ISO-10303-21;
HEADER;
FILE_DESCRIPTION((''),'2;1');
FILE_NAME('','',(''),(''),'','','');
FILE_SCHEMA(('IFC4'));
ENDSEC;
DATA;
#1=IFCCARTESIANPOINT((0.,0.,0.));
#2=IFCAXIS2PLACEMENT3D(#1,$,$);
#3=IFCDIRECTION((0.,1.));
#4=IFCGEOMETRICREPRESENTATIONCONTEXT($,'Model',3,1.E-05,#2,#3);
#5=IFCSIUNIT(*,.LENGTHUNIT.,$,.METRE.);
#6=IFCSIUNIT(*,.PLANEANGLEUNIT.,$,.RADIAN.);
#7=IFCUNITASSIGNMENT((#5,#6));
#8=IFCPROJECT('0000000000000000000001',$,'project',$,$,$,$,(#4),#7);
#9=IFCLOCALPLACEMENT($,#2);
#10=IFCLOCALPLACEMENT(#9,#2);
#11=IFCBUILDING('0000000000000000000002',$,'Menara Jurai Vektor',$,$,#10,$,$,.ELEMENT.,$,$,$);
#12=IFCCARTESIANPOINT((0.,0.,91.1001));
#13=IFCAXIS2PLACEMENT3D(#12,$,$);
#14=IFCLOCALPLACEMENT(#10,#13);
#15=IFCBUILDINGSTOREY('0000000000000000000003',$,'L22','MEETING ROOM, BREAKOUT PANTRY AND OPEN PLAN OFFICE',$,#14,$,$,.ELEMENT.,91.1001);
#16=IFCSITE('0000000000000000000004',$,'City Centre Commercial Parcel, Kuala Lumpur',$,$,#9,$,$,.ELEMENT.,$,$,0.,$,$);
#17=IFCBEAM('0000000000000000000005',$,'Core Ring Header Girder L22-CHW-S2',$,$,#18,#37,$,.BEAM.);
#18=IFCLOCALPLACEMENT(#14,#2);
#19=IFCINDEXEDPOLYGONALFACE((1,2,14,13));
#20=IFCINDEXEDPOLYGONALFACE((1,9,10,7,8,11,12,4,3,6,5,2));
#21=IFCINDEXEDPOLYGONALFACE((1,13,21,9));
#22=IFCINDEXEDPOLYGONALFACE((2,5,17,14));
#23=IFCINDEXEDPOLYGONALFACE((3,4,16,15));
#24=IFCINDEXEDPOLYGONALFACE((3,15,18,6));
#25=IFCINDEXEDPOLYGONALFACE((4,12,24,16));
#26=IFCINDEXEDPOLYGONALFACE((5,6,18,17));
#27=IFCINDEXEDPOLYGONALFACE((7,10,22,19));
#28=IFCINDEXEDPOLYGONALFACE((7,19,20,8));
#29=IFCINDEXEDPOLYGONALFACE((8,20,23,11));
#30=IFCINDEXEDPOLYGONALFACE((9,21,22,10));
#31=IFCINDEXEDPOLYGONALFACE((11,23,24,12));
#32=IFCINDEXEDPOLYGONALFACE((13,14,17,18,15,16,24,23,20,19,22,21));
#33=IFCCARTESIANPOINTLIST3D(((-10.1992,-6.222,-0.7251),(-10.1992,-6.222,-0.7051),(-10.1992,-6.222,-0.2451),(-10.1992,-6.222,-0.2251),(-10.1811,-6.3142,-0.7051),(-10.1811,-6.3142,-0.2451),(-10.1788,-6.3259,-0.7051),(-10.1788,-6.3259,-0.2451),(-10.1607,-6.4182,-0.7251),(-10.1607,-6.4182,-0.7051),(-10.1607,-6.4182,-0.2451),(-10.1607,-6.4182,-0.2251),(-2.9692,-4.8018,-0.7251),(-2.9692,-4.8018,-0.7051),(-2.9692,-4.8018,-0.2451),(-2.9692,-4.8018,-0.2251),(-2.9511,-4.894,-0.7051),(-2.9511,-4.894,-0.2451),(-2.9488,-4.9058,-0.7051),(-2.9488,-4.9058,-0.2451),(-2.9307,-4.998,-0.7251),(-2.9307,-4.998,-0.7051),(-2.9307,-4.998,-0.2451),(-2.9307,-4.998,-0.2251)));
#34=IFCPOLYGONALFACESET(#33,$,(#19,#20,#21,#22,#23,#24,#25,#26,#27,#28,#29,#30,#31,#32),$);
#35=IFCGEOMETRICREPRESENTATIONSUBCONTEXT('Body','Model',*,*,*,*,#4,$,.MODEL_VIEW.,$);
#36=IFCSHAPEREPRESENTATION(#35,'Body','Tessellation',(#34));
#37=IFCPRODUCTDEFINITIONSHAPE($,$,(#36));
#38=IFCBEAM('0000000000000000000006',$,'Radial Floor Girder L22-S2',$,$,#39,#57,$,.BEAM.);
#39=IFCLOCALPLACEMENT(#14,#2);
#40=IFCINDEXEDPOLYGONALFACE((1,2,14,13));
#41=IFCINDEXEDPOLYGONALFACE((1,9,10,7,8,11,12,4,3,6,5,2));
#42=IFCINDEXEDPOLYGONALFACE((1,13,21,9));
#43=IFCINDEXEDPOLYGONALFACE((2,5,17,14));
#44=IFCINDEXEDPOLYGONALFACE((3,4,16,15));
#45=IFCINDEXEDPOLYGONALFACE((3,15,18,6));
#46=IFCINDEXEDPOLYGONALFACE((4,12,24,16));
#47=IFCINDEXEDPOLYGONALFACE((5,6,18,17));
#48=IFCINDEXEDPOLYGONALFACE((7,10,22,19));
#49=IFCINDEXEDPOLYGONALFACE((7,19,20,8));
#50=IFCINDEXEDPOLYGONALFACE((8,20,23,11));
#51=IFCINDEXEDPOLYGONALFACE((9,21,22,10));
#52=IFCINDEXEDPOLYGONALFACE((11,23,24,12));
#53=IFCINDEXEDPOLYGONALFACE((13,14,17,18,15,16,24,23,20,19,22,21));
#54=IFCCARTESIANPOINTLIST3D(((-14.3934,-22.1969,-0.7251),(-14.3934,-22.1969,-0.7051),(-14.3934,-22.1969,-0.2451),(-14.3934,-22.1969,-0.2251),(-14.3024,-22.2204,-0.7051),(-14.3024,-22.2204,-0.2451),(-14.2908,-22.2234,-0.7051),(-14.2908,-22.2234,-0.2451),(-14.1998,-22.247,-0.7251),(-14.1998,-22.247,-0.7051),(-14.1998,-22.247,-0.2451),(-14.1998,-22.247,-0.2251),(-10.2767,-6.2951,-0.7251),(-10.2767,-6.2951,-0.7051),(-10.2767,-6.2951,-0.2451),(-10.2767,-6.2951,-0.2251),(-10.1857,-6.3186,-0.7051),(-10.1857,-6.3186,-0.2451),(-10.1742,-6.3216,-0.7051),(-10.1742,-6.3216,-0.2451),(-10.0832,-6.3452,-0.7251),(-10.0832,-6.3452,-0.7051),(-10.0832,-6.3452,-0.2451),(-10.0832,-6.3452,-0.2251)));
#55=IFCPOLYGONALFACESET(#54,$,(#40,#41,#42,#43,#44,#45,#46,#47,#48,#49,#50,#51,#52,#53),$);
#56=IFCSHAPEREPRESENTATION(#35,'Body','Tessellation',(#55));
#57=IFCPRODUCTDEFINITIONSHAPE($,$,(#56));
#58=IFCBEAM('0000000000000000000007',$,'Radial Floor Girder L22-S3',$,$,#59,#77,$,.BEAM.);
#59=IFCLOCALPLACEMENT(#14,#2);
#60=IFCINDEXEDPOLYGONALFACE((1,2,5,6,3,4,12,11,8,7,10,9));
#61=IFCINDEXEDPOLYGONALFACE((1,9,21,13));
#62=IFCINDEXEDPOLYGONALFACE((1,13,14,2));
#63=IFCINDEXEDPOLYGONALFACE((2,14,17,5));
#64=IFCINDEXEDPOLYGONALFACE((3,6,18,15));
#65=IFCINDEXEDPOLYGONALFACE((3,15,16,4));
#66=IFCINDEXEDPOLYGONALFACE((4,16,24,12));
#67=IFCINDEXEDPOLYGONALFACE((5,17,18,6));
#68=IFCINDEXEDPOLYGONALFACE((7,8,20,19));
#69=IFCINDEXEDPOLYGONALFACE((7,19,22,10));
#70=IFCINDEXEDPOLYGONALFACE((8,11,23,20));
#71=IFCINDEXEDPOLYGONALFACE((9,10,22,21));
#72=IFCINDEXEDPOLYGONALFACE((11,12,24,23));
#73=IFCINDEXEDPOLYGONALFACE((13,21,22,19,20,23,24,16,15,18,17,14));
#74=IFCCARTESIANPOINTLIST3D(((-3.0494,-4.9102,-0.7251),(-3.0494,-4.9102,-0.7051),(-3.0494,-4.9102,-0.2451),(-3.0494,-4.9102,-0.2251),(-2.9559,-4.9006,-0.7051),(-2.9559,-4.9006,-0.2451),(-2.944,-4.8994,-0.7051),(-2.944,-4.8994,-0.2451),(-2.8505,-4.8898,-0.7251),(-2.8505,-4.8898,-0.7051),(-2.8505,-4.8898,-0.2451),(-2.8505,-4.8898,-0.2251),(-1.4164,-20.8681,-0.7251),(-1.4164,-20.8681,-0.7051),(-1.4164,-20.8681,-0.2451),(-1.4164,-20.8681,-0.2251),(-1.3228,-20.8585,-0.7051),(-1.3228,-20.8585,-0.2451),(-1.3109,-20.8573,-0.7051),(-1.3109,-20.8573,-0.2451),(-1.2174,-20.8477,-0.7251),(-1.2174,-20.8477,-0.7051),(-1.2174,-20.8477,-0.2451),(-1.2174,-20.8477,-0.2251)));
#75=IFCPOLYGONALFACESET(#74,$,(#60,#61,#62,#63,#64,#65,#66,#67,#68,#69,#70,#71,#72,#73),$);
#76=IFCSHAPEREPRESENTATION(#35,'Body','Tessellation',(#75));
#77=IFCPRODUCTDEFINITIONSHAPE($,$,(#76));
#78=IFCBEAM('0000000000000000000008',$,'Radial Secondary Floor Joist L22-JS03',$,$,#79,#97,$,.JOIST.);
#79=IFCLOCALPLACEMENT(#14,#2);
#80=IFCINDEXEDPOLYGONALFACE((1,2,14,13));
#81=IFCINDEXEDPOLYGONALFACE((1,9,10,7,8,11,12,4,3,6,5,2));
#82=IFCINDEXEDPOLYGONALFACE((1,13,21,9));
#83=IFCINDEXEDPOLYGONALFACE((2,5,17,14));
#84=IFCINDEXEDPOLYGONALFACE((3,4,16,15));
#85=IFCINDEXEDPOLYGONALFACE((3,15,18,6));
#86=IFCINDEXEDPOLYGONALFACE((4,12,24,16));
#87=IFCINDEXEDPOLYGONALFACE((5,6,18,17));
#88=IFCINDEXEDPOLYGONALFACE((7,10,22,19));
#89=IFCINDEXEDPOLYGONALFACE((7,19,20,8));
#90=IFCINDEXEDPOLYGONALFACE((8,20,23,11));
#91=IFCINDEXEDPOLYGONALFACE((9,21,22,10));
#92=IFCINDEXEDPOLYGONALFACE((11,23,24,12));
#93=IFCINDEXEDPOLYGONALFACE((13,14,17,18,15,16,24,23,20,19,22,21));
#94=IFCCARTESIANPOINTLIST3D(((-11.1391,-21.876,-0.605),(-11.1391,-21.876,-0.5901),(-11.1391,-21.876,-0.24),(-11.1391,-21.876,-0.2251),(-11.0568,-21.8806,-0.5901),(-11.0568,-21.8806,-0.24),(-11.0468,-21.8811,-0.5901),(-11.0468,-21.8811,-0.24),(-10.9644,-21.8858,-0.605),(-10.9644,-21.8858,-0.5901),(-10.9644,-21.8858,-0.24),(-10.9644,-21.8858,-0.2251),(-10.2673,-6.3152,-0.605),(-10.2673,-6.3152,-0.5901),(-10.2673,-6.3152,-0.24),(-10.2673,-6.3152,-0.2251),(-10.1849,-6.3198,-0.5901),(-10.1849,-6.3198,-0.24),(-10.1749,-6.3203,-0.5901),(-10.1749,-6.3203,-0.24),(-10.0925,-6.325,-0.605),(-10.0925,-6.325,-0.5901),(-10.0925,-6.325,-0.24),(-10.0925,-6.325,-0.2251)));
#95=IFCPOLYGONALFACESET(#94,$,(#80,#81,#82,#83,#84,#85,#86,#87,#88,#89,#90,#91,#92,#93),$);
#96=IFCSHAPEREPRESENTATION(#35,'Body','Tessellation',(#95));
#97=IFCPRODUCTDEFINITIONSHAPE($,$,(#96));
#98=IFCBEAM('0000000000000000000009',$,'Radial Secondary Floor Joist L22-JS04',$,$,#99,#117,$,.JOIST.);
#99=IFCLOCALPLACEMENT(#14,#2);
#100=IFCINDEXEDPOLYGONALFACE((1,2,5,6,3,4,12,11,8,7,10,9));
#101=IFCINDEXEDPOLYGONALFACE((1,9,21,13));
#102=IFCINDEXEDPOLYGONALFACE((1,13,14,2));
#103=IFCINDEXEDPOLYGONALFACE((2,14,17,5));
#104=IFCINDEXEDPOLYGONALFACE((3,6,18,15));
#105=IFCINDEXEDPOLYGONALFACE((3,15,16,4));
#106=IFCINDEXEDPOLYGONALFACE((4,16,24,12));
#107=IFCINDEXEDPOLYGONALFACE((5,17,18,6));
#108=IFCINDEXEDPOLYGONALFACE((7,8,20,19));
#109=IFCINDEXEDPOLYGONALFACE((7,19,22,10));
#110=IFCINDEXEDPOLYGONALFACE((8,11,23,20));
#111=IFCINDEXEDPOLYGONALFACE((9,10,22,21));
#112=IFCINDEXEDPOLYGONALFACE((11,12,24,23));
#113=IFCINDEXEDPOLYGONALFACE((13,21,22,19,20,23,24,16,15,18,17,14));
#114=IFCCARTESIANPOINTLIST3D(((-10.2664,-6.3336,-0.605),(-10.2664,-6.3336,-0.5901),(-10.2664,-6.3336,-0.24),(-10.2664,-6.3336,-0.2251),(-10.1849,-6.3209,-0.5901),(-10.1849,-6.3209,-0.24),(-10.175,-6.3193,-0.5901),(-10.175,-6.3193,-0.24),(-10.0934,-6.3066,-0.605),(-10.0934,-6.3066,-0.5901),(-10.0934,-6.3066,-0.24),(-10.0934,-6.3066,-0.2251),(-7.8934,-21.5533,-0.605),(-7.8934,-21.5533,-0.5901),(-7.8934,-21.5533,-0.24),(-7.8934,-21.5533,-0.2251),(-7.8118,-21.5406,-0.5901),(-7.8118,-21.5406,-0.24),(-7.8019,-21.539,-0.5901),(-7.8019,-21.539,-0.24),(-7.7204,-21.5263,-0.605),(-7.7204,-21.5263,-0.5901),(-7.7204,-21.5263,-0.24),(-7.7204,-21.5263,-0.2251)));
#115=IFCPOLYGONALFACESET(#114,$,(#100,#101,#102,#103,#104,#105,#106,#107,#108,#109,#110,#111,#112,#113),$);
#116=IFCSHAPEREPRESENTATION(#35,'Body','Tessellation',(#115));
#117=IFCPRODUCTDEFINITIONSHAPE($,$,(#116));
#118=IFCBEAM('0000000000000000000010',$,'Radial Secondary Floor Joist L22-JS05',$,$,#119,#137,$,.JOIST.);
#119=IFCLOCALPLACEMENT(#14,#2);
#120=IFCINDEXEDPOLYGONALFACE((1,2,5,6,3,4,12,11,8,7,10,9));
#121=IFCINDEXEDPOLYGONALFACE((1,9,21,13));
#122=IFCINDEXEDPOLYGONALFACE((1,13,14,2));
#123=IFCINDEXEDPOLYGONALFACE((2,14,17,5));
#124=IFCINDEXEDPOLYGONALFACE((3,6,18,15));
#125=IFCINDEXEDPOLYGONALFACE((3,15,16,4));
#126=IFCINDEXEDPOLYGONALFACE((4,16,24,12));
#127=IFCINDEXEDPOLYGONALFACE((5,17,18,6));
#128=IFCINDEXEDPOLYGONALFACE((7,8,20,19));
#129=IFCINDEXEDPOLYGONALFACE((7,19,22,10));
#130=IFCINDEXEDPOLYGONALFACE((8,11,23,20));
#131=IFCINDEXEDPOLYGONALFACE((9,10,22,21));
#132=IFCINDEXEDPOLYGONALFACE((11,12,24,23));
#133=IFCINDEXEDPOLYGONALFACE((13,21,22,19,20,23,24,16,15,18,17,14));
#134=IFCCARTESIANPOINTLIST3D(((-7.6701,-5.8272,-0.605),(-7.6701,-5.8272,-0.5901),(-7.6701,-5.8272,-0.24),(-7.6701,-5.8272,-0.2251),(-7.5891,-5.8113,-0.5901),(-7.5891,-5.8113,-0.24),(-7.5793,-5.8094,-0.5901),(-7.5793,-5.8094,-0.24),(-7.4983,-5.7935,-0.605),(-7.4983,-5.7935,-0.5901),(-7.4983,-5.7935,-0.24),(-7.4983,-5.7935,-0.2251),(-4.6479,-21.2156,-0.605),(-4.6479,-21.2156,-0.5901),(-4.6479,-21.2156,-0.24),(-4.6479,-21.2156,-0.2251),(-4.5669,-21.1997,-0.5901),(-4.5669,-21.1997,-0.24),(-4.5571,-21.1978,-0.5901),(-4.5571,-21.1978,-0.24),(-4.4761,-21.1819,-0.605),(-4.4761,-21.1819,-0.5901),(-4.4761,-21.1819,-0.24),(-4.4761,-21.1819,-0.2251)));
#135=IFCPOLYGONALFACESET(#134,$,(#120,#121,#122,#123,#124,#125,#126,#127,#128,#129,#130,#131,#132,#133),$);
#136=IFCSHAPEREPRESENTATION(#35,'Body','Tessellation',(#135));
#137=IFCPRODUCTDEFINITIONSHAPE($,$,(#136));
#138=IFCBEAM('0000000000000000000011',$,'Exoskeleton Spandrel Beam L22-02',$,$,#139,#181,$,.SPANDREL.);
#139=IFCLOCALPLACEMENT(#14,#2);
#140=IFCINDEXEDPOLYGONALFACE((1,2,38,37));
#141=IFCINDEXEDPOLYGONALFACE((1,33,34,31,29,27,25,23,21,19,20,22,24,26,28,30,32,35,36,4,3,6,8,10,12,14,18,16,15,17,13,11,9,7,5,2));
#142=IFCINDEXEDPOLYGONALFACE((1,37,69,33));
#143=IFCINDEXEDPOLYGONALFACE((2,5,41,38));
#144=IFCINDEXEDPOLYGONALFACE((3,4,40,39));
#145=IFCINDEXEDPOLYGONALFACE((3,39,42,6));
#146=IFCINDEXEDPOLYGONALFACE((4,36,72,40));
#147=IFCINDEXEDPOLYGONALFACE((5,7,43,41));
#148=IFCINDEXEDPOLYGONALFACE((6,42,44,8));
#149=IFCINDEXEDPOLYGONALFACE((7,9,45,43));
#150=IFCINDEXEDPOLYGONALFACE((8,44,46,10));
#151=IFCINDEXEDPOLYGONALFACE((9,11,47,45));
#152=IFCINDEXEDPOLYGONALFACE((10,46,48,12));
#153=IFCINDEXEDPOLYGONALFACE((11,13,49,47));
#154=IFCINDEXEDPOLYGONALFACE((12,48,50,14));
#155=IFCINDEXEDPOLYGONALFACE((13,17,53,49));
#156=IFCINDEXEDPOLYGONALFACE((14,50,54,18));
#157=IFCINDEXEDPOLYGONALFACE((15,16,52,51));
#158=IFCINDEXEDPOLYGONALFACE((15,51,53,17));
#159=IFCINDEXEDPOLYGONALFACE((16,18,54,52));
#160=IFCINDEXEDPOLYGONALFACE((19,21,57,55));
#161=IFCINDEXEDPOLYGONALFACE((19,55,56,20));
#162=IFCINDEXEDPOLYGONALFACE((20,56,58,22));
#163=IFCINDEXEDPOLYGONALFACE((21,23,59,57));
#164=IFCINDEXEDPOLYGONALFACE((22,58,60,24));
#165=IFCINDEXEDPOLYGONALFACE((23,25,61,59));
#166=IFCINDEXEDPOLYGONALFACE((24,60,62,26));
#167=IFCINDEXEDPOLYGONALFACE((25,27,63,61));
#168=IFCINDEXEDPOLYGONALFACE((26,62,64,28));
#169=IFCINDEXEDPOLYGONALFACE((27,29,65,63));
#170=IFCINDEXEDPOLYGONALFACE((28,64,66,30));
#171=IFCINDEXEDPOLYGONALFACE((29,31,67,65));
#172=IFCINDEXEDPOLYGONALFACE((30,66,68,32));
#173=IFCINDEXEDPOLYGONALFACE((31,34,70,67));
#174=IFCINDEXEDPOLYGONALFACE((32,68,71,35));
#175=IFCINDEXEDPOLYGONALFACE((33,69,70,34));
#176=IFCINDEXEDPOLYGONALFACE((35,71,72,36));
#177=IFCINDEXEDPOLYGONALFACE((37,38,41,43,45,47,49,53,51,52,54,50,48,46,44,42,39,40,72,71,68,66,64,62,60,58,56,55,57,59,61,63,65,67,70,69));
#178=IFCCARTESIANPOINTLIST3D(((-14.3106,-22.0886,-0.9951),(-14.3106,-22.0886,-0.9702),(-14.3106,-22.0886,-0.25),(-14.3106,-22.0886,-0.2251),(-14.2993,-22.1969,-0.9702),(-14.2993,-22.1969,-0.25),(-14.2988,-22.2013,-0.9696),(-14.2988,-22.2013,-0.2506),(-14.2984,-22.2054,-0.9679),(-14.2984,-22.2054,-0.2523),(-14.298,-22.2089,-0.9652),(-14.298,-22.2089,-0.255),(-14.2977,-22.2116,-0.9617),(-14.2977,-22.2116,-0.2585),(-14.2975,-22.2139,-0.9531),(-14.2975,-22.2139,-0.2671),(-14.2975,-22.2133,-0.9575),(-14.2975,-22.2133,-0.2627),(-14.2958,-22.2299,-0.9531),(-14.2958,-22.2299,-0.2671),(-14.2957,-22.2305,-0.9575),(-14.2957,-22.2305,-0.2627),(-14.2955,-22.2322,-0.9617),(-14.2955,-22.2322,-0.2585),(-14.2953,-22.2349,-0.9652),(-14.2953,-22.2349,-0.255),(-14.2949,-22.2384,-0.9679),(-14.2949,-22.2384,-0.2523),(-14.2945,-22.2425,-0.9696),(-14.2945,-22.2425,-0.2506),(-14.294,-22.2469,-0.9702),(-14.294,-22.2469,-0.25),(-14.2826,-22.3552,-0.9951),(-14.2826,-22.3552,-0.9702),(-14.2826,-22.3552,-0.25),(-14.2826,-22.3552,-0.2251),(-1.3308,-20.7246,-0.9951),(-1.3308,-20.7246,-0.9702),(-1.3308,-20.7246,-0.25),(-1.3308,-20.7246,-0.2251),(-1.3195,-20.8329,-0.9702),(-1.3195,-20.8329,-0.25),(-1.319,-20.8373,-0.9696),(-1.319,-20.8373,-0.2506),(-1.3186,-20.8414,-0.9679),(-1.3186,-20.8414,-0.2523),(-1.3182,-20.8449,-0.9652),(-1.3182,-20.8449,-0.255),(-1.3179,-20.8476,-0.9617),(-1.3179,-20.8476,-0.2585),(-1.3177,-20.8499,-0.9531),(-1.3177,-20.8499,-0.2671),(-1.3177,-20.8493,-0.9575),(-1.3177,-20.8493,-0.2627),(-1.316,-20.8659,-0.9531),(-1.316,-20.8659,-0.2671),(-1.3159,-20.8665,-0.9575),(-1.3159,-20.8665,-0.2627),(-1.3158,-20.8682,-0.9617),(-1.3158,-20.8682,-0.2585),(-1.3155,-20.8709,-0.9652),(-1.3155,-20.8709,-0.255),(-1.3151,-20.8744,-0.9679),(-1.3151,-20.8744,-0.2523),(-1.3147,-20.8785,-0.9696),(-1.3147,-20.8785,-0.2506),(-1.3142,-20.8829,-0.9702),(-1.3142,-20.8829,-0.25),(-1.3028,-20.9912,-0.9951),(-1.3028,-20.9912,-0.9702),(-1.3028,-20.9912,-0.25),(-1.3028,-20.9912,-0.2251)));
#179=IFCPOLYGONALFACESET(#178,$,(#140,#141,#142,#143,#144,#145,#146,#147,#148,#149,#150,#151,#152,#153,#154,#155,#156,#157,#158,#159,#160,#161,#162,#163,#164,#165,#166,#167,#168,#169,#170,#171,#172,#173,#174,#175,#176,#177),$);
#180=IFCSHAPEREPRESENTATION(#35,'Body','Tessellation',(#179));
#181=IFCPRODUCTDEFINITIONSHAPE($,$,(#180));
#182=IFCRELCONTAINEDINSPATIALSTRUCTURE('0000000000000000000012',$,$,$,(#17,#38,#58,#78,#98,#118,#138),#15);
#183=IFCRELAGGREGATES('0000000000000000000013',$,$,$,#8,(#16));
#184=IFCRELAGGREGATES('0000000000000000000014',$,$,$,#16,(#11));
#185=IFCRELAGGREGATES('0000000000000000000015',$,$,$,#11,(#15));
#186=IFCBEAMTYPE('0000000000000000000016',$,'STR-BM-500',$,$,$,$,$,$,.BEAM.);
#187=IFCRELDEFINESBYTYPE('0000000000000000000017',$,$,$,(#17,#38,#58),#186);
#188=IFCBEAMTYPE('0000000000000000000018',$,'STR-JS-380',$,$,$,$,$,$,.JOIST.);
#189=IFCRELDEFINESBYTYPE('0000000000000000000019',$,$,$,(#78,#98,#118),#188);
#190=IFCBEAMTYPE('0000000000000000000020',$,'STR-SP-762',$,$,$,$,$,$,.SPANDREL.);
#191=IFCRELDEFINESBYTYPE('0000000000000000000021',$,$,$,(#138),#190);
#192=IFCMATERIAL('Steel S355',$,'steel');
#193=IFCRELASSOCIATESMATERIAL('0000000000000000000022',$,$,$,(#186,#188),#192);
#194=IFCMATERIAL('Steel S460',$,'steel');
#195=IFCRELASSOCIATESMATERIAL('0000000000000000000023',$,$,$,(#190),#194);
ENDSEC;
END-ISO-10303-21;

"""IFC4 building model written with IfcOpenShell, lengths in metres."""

from ifc_helpers import new_model, si_unit, direction, frame, origin, origin_2d, place, context, subcontext, project, spatial, i_section, extrude, material, material_profile, profile_set, type_object, element, save


model = new_model("IFC4")

# Units and contexts
model_context = context("Model", 3, precision=1e-05, world=origin(), true_north=direction((0.0, 1.0)))
body_context = subcontext(model_context, "Body", "Model", "MODEL_VIEW")
ifc_project = project(units=[si_unit("LENGTHUNIT", "METRE"), si_unit("PLANEANGLEUNIT", "RADIAN")], contexts=[model_context])

# Site, building, storey
site_placement = place(None, origin())
site = spatial("IfcSite", under=ifc_project, at=site_placement, Name="City Centre Commercial Parcel, Kuala Lumpur", CompositionType="ELEMENT", RefElevation=0.0)
building_placement = place(site_placement, origin())
building = spatial("IfcBuilding", under=site, at=building_placement, Name="Menara Jurai Vektor", CompositionType="ELEMENT")
storey_placement = place(building_placement, frame((0.0, 0.0, 91.1001)))
storey = spatial("IfcBuildingStorey", under=building, at=storey_placement, Name="L22", Description="MEETING ROOM, BREAKOUT PANTRY AND OPEN PLAN OFFICE", CompositionType="ELEMENT", Elevation=91.1001)

# Shared definitions
ifc_material_1 = material(Name="Steel S460", Category="steel")

# Beams
ifc_material_2 = material(Name="Steel S355", Category="steel")
ifc_material_profile_1 = material_profile(ifc_material_2, i_section(OverallWidth=0.2, OverallDepth=0.5, WebThickness=0.012, FlangeThickness=0.02, at=origin_2d()), Name="PG 500x200x96")
ifc_profile_set_1 = profile_set([ifc_material_profile_1], Name="Steel S355")
beam_type_1 = type_object("IfcBeamType", Name="STR-BM-500", PredefinedType="BEAM", material=ifc_profile_set_1)
beam_1_placement = place(storey_placement, frame((-10.1799, -6.3201, -0.4751), z_axis=(0.981249, 0.192744, 0.0), x_axis=(-0.192744, 0.981249, 0.0)))
element("IfcBeam", 1, at=beam_1_placement, inside=storey, type_object=beam_type_1, Name="Core Ring Header Girder L22-CHW-S2", PredefinedType="BEAM", context=body_context, shape_type="SweptSolid", body=[
    extrude(i_section(OverallWidth=0.2, OverallDepth=0.5, WebThickness=0.012, FlangeThickness=0.02, at=origin_2d()), origin(), (0.0, 0.0, 1.0), 7.3682),
])
beam_2_placement = place(storey_placement, frame((-14.2966, -22.2219, -0.4751), z_axis=(0.25062, 0.968086, 0.0), x_axis=(-0.968086, 0.25062, 0.0)))
element("IfcBeam", 2, at=beam_2_placement, inside=storey, type_object=beam_type_1, Name="Radial Floor Girder L22-S2", PredefinedType="BEAM", context=body_context, shape_type="SweptSolid", body=[
    extrude(i_section(OverallWidth=0.2, OverallDepth=0.5, WebThickness=0.012, FlangeThickness=0.02, at=origin_2d()), origin(), (0.0, 0.0, 1.0), 16.426),
])
beam_3_placement = place(storey_placement, frame((-1.3169, -20.8579, -0.4751), z_axis=(-0.101803, 0.994805, 0.0), x_axis=(-0.994805, -0.101803, 0.0)))
element("IfcBeam", 3, at=beam_3_placement, inside=storey, type_object=beam_type_1, Name="Radial Floor Girder L22-S3", PredefinedType="BEAM", context=body_context, shape_type="SweptSolid", body=[
    extrude(i_section(OverallWidth=0.2, OverallDepth=0.5, WebThickness=0.012, FlangeThickness=0.02, at=origin_2d()), origin(), (0.0, 0.0, 1.0), 16.0413),
])
ifc_material_profile_2 = material_profile(ifc_material_2, i_section(OverallWidth=0.175, OverallDepth=0.3799, WebThickness=0.01, FlangeThickness=0.0149, at=origin_2d()), Name="PG 380x175x58")
ifc_profile_set_2 = profile_set([ifc_material_profile_2], Name="Steel S355")
beam_type_2 = type_object("IfcBeamType", Name="STR-JS-380", PredefinedType="JOIST", material=ifc_profile_set_2)
beam_4_placement = place(storey_placement, frame((-11.0518, -21.8809, -0.415), z_axis=(0.055939, 0.998434, 0.0), x_axis=(-0.998434, 0.055939, 0.0)))
element("IfcBeam", 4, at=beam_4_placement, inside=storey, type_object=beam_type_2, Name="Radial Secondary Floor Joist L22-JS03", PredefinedType="JOIST", context=body_context, shape_type="SweptSolid", body=[
    extrude(i_section(OverallWidth=0.175, OverallDepth=0.3799, WebThickness=0.01, FlangeThickness=0.0149, at=origin_2d()), origin(), (0.0, 0.0, 1.0), 15.5852),
])
beam_5_placement = place(storey_placement, frame((-7.8069, -21.5398, -0.415), z_axis=(-0.154058, 0.988062, 0.0), x_axis=(-0.988062, -0.154058, 0.0)))
element("IfcBeam", 5, at=beam_5_placement, inside=storey, type_object=beam_type_2, Name="Radial Secondary Floor Joist L22-JS04", PredefinedType="JOIST", context=body_context, shape_type="SweptSolid", body=[
    extrude(i_section(OverallWidth=0.175, OverallDepth=0.3799, WebThickness=0.01, FlangeThickness=0.0149, at=origin_2d()), origin(), (0.0, 0.0, 1.0), 15.4036),
])
beam_6_placement = place(storey_placement, frame((-4.562, -21.1987, -0.415), z_axis=(-0.192714, 0.981255, 0.0), x_axis=(-0.981255, -0.192714, 0.0)))
element("IfcBeam", 6, at=beam_6_placement, inside=storey, type_object=beam_type_2, Name="Radial Secondary Floor Joist L22-JS05", PredefinedType="JOIST", context=body_context, shape_type="SweptSolid", body=[
    extrude(i_section(OverallWidth=0.175, OverallDepth=0.3799, WebThickness=0.01, FlangeThickness=0.0149, at=origin_2d()), origin(), (0.0, 0.0, 1.0), 15.6824),
])
ifc_material_profile_3 = material_profile(ifc_material_1, i_section(OverallWidth=0.2681, OverallDepth=0.77, WebThickness=0.0161, FlangeThickness=0.0249, FilletRadius=0.0171, at=origin_2d()), Name="UKB 762x267x197")
ifc_profile_set_3 = profile_set([ifc_material_profile_3], Name="Steel S460")
beam_type_3 = type_object("IfcBeamType", Name="STR-SP-762", PredefinedType="SPANDREL", material=ifc_profile_set_3)
beam_7_placement = place(storey_placement, frame((-14.2966, -22.2219, -0.6101), z_axis=(0.994524, 0.104512, 0.0), x_axis=(-0.104512, 0.994524, 0.0)))
element("IfcBeam", 7, at=beam_7_placement, inside=storey, type_object=beam_type_3, Name="Exoskeleton Spandrel Beam L22-02", PredefinedType="SPANDREL", context=body_context, shape_type="SweptSolid", body=[
    extrude(i_section(OverallWidth=0.2681, OverallDepth=0.77, WebThickness=0.0161, FlangeThickness=0.0249, FilletRadius=0.0171, at=origin_2d()), origin(), (0.0, 0.0, 1.0), 13.0513),
])

save(model, "model.ifc")
